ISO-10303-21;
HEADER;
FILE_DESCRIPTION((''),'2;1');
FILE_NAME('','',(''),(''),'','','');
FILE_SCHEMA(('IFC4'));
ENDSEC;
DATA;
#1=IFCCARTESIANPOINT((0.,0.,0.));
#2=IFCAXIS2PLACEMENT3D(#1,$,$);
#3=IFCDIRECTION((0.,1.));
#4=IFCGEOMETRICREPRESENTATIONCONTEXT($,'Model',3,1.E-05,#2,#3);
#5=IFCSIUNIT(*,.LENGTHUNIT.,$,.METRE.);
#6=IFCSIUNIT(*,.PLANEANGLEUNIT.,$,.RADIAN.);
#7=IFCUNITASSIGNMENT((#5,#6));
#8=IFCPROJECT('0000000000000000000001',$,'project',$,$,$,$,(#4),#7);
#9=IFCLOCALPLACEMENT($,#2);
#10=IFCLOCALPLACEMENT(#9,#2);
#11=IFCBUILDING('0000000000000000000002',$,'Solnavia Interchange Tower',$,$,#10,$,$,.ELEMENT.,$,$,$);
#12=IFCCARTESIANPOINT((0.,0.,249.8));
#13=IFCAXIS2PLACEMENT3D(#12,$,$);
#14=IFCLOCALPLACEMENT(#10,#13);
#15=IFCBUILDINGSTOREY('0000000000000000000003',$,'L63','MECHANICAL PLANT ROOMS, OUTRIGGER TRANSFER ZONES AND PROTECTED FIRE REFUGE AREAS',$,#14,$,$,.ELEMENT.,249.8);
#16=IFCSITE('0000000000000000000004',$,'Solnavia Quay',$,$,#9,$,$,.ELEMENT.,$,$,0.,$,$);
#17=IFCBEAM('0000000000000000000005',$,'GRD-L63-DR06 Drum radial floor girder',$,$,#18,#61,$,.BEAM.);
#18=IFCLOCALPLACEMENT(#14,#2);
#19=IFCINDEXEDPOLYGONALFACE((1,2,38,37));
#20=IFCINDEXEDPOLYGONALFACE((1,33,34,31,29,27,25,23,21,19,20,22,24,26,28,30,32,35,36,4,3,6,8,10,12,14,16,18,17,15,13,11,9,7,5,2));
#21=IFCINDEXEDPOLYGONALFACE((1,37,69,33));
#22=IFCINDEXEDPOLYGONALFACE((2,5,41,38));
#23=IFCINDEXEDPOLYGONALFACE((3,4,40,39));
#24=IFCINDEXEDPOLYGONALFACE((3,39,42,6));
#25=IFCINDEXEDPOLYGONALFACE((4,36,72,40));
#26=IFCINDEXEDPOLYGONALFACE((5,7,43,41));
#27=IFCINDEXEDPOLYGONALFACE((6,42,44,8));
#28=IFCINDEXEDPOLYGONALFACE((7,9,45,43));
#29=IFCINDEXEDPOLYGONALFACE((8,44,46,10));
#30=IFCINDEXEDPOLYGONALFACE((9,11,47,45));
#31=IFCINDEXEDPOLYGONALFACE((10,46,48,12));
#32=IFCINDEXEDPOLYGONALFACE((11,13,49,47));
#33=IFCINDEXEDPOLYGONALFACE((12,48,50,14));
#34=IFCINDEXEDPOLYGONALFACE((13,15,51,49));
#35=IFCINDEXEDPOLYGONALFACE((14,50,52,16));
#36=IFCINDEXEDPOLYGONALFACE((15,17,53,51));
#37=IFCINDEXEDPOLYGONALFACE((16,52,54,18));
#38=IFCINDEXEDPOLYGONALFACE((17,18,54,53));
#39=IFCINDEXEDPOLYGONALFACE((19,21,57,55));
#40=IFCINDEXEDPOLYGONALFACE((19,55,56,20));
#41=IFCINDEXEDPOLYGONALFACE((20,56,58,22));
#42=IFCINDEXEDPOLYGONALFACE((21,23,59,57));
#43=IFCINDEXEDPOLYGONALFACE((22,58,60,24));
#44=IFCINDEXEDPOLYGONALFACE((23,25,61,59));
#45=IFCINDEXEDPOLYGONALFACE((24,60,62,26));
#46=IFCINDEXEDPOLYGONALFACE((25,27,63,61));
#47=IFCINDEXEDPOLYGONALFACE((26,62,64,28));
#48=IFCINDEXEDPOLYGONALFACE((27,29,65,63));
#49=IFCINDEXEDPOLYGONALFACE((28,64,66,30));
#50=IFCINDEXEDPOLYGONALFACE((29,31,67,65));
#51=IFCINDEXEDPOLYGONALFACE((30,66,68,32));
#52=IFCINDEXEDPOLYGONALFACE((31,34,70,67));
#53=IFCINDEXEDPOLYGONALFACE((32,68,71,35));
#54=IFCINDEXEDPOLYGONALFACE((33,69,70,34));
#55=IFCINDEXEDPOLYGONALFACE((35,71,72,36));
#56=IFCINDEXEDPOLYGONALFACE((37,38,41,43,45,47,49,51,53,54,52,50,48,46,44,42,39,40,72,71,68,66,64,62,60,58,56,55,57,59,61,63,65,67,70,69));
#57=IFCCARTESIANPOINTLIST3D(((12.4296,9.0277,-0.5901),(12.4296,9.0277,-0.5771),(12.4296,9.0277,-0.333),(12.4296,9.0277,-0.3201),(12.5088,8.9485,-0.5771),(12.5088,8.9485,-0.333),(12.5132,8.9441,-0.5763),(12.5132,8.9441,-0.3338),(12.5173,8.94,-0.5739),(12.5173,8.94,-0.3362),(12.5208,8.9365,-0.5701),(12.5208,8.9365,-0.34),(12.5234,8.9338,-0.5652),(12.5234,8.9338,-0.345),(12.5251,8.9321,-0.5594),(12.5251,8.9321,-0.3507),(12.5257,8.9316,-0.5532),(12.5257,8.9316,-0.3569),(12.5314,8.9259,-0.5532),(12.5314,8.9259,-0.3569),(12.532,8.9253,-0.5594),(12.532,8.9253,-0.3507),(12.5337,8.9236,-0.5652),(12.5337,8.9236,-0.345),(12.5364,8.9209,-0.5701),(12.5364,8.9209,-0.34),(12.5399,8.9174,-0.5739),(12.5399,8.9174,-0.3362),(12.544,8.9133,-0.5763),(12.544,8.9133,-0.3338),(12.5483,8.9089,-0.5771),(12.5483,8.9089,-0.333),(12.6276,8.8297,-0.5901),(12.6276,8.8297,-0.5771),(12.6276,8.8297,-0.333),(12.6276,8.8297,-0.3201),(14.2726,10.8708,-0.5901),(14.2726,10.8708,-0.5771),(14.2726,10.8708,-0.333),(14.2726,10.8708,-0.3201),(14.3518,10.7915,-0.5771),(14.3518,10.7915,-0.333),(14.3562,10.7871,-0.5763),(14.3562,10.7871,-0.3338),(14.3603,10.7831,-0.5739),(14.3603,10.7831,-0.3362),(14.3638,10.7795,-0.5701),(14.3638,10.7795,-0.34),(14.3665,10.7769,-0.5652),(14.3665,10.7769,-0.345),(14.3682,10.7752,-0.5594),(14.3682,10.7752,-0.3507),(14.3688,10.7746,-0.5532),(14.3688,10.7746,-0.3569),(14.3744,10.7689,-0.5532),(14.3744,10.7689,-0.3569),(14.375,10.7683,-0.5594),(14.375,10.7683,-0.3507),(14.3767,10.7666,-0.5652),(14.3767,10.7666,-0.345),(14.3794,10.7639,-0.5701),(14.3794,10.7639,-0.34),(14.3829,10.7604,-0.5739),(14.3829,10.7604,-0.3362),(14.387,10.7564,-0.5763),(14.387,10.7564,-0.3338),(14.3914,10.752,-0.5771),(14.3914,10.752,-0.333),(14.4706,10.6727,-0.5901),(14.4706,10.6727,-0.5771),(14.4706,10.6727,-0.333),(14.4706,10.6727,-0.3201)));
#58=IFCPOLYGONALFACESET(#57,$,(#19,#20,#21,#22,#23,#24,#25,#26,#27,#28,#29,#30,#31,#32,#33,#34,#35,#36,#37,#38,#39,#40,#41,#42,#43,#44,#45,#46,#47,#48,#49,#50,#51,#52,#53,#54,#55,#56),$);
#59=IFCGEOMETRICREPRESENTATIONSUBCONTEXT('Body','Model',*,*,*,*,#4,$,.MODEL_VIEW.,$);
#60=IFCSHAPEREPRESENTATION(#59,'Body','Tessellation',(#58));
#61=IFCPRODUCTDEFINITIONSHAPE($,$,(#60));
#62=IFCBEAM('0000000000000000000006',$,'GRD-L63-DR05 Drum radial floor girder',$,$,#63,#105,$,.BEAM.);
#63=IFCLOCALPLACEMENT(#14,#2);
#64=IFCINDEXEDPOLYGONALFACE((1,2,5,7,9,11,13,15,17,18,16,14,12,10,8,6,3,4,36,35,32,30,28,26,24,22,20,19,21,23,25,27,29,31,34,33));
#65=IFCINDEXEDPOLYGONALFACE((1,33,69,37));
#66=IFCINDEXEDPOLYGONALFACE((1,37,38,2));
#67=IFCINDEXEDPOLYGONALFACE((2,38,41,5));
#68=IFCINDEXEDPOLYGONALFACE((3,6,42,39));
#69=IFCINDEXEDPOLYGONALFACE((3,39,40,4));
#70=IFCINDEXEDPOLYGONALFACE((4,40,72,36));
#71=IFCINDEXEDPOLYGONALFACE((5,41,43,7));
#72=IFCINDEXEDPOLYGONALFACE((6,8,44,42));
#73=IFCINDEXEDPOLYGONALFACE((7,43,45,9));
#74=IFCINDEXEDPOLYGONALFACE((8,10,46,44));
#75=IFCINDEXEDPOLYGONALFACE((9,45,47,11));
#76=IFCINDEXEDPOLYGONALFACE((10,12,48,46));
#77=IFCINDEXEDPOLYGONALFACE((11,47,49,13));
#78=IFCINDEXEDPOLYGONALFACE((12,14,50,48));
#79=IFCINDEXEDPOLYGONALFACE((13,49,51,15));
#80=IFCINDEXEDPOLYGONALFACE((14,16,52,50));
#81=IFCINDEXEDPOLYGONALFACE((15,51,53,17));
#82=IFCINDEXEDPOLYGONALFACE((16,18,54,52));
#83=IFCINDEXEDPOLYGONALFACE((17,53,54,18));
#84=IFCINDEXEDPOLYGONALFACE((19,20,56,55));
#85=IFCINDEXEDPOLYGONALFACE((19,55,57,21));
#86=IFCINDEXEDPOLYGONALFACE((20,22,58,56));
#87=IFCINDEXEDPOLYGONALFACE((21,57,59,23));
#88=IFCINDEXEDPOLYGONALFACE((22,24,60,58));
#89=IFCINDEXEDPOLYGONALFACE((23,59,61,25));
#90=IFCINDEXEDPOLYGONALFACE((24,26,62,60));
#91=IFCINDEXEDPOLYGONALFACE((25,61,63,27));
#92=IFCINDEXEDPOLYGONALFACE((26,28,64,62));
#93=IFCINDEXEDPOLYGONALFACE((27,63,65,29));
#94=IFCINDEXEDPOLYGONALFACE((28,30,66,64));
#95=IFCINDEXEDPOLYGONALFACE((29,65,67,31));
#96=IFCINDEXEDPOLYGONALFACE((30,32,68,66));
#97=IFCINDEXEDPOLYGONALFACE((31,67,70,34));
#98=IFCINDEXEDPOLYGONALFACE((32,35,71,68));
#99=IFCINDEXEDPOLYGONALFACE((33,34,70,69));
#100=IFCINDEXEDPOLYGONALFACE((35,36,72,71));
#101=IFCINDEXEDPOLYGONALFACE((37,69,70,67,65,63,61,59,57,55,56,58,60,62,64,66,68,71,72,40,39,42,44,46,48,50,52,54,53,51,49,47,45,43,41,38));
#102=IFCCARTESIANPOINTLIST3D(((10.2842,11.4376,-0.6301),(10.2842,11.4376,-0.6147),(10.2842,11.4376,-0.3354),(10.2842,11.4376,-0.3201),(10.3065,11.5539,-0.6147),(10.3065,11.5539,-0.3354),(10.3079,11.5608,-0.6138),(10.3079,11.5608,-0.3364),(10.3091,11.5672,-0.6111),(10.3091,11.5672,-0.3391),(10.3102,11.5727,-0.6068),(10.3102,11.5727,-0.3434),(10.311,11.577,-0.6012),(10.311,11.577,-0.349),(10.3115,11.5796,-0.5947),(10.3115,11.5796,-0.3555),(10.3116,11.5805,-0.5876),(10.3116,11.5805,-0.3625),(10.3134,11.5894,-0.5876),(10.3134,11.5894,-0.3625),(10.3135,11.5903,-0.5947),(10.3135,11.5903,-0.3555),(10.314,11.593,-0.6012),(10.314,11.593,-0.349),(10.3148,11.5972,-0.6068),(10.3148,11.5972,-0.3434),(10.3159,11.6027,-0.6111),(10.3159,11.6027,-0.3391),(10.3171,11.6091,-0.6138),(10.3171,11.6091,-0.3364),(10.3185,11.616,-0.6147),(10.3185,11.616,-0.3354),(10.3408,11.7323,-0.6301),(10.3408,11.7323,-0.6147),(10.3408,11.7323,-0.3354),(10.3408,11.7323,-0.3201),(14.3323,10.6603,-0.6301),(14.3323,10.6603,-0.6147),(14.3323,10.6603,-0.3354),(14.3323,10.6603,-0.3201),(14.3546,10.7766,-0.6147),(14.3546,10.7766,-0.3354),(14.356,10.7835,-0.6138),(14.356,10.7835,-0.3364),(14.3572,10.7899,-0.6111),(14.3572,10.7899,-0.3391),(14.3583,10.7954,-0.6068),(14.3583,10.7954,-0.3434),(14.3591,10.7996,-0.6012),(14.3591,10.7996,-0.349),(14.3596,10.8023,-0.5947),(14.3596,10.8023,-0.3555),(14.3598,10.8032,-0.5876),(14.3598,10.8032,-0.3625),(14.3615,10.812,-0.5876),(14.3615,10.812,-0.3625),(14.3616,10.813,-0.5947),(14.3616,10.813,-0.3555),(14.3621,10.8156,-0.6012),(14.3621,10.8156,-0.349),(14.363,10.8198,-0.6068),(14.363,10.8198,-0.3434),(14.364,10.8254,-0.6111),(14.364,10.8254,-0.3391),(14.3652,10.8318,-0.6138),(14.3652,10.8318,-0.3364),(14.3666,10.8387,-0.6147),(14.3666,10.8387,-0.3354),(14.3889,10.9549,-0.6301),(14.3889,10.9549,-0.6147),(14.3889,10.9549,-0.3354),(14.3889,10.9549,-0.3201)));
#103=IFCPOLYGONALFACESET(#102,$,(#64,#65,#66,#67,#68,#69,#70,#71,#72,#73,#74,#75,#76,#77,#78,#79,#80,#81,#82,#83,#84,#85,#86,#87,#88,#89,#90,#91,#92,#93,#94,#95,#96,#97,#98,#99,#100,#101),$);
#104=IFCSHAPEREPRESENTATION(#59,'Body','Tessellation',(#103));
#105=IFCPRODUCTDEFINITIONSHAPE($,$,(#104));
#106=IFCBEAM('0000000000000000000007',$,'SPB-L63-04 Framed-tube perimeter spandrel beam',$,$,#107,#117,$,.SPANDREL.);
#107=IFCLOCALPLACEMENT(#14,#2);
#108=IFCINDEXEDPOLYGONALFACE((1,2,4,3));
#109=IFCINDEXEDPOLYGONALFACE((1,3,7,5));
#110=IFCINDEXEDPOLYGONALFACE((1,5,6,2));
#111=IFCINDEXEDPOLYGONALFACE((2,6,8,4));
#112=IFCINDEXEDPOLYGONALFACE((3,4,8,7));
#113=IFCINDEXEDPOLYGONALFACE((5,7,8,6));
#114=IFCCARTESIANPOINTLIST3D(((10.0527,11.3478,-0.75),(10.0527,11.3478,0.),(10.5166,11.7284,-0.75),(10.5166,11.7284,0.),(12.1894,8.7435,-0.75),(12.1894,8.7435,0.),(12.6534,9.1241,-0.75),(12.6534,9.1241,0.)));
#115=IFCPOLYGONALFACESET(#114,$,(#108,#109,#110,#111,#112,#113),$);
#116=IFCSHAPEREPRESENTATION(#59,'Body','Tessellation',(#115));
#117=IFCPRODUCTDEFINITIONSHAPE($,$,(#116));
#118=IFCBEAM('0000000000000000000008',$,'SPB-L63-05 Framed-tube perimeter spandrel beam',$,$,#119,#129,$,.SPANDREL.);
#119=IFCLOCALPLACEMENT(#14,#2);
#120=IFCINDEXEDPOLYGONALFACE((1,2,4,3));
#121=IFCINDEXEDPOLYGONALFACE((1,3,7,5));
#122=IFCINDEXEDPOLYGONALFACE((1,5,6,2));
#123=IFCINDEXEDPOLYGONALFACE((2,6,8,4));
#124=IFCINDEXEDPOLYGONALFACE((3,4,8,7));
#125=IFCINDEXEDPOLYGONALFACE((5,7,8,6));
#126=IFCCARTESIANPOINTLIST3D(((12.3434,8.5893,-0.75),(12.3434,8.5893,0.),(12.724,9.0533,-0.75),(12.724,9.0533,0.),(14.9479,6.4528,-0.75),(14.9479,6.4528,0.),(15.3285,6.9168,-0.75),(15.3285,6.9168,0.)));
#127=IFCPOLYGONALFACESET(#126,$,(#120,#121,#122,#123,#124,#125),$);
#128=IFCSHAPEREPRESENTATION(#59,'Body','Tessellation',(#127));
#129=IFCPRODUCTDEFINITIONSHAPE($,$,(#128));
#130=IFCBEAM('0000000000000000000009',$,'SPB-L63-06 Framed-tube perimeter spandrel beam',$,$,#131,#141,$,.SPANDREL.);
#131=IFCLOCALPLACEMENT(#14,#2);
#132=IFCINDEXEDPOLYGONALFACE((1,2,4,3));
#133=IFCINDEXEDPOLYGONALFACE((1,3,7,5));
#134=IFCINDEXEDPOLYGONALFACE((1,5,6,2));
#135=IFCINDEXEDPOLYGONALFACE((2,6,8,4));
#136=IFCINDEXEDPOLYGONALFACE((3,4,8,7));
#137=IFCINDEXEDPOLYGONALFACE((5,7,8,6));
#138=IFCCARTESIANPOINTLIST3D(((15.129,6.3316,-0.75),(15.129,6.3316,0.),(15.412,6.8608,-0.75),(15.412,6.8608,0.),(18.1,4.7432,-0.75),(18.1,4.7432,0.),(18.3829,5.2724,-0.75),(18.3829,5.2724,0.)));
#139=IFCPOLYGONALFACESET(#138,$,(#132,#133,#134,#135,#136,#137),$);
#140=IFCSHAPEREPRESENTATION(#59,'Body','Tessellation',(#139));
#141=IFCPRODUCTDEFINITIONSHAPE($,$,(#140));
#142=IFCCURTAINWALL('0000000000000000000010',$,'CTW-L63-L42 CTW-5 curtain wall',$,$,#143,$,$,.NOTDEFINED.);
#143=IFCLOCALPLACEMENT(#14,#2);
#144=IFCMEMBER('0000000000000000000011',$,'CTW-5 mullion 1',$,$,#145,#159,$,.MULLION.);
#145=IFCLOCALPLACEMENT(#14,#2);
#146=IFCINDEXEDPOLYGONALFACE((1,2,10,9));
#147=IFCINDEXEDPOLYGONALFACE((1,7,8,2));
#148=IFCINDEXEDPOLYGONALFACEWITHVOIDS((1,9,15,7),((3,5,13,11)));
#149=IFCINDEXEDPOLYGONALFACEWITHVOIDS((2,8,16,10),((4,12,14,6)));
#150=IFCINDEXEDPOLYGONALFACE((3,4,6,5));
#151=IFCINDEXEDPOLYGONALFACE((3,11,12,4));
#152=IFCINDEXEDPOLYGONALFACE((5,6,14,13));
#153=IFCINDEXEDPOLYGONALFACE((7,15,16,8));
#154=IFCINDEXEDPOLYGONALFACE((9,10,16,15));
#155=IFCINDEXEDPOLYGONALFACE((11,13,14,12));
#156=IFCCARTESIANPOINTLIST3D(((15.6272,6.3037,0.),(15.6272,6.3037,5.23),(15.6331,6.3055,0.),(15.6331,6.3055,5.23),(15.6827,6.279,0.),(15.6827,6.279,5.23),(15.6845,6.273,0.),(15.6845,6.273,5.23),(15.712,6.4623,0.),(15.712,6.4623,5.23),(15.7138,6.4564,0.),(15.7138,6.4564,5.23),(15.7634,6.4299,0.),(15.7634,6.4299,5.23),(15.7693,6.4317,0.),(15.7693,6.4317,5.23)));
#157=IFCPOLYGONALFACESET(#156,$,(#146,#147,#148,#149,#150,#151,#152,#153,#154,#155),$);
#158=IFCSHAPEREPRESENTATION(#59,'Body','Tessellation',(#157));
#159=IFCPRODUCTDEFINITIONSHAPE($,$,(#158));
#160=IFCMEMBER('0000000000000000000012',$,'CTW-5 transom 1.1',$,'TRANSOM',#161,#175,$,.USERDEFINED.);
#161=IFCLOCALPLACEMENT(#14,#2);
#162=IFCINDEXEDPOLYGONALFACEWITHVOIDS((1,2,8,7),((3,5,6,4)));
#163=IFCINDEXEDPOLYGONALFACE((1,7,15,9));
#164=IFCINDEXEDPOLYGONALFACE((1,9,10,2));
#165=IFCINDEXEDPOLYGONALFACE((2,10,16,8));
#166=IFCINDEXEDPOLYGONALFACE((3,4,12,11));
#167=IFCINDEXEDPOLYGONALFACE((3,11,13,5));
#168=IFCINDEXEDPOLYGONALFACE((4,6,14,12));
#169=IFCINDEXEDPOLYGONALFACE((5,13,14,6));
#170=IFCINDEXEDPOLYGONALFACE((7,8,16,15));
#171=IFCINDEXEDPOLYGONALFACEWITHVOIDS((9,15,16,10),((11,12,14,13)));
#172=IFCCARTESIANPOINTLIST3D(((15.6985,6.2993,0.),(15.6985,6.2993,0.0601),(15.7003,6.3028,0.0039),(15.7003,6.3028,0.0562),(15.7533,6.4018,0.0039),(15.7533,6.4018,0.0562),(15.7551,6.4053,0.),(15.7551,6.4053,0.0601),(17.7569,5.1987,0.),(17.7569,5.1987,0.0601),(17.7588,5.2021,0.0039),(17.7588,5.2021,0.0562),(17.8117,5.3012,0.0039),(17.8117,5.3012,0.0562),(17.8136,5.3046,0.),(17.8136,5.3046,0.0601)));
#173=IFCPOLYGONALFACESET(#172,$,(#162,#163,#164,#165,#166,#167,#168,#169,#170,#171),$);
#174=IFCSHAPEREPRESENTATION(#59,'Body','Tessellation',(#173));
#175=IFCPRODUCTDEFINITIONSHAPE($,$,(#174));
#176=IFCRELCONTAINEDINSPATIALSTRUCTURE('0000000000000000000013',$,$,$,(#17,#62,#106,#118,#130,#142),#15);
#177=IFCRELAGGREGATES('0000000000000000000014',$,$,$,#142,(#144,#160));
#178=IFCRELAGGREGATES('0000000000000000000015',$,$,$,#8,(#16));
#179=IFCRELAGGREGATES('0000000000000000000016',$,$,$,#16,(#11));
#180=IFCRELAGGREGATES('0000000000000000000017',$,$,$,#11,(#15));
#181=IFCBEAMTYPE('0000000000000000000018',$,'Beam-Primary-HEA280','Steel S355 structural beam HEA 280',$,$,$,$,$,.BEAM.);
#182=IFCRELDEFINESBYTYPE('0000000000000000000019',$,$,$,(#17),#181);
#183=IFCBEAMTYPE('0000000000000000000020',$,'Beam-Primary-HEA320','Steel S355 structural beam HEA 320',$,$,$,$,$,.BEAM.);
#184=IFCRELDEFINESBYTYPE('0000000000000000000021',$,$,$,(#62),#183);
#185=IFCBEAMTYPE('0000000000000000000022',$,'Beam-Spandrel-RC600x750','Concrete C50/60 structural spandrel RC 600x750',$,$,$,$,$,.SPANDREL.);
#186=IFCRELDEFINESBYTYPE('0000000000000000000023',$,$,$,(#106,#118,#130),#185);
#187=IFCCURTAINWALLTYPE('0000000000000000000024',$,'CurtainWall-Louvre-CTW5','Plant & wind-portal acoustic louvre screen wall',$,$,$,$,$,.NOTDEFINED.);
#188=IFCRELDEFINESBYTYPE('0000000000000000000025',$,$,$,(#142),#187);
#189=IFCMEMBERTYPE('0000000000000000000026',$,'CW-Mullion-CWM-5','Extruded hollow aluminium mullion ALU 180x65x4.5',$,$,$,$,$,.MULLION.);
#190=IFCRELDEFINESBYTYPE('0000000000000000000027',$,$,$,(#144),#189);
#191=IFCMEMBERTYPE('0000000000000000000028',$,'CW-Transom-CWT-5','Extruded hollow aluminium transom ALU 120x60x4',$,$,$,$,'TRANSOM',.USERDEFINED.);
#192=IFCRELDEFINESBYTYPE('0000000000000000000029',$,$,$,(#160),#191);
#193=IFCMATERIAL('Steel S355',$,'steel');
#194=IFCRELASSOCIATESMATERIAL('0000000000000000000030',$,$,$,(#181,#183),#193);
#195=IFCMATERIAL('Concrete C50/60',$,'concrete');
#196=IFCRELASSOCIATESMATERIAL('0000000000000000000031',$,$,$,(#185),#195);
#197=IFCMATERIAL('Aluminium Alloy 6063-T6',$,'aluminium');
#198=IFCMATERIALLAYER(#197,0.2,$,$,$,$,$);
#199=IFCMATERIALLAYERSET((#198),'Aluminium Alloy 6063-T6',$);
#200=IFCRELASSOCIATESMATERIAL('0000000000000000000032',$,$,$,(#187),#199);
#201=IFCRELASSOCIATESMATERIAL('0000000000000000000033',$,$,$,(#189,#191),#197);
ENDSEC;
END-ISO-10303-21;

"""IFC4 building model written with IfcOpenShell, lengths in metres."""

from ifc_helpers import new_model, si_unit, direction, frame, origin, origin_2d, place, context, subcontext, project, spatial, rectangle, hollow_rectangle, i_section, extrude, material, layer, layer_set, material_profile, profile_set, type_object, element, aggregate, save


model = new_model("IFC4")

# Units and contexts
model_context = context("Model", 3, precision=1e-05, world=origin(), true_north=direction((0.0, 1.0)))
body_context = subcontext(model_context, "Body", "Model", "MODEL_VIEW")
ifc_project = project(units=[si_unit("LENGTHUNIT", "METRE"), si_unit("PLANEANGLEUNIT", "RADIAN")], contexts=[model_context])

# Site, building, storey
site_placement = place(None, origin())
site = spatial("IfcSite", under=ifc_project, at=site_placement, Name="Solnavia Quay", CompositionType="ELEMENT", RefElevation=0.0)
building_placement = place(site_placement, origin())
building = spatial("IfcBuilding", under=site, at=building_placement, Name="Solnavia Interchange Tower", CompositionType="ELEMENT")
storey_placement = place(building_placement, frame((0.0, 0.0, 249.8)))
storey = spatial("IfcBuildingStorey", under=building, at=storey_placement, Name="L63", Description="MECHANICAL PLANT ROOMS, OUTRIGGER TRANSFER ZONES AND PROTECTED FIRE REFUGE AREAS", CompositionType="ELEMENT", Elevation=249.8)

# Shared definitions
ifc_material_1 = material(Name="Concrete C50/60", Category="concrete")

# Beams
ifc_material_2 = material(Name="Steel S355", Category="steel")
ifc_material_profile_1 = material_profile(ifc_material_2, i_section(OverallWidth=0.28, OverallDepth=0.27, WebThickness=0.0081, FlangeThickness=0.0129, FilletRadius=0.0239, at=origin_2d()), Name="HEA 280")
ifc_profile_set_1 = profile_set([ifc_material_profile_1], Name="Steel S355")
beam_type_1 = type_object("IfcBeamType", Name="Beam-Primary-HEA280", Description="Steel S355 structural beam HEA 280", PredefinedType="BEAM", material=ifc_profile_set_1)
beam_1_placement = place(storey_placement, frame((12.5286, 8.9287, -0.4551), z_axis=(0.707107, 0.707107, 0.0), x_axis=(-0.707107, 0.707107, 0.0)))
element("IfcBeam", 1, at=beam_1_placement, inside=storey, type_object=beam_type_1, Name="GRD-L63-DR06 Drum radial floor girder", PredefinedType="BEAM", context=body_context, shape_type="SweptSolid", body=[
    extrude(i_section(OverallWidth=0.28, OverallDepth=0.27, WebThickness=0.0081, FlangeThickness=0.0129, FilletRadius=0.0239, at=origin_2d()), origin(), (0.0, 0.0, 1.0), 2.6064),
])
ifc_material_profile_2 = material_profile(ifc_material_2, i_section(OverallWidth=0.3, OverallDepth=0.3101, WebThickness=0.009, FlangeThickness=0.0154, FilletRadius=0.0271, at=origin_2d()), Name="HEA 320")
ifc_profile_set_2 = profile_set([ifc_material_profile_2], Name="Steel S355")
beam_type_2 = type_object("IfcBeamType", Name="Beam-Primary-HEA320", Description="Steel S355 structural beam HEA 320", PredefinedType="BEAM", material=ifc_profile_set_2)
beam_2_placement = place(storey_placement, frame((10.3125, 11.585, -0.4751), z_axis=(0.982058, -0.188582, 0.0), x_axis=(0.188582, 0.982058, 0.0)))
element("IfcBeam", 2, at=beam_2_placement, inside=storey, type_object=beam_type_2, Name="GRD-L63-DR05 Drum radial floor girder", PredefinedType="BEAM", context=body_context, shape_type="SweptSolid", body=[
    extrude(i_section(OverallWidth=0.3, OverallDepth=0.3101, WebThickness=0.009, FlangeThickness=0.0154, FilletRadius=0.0271, at=origin_2d()), origin(), (0.0, 0.0, 1.0), 4.1221),
])
ifc_material_profile_3 = material_profile(ifc_material_1, rectangle(XDim=0.6001, YDim=0.75, at=origin_2d()), Name="RC 600x750")
ifc_profile_set_3 = profile_set([ifc_material_profile_3], Name="Concrete C50/60")
beam_type_3 = type_object("IfcBeamType", Name="Beam-Spandrel-RC600x750", Description="Concrete C50/60 structural spandrel RC 600x750", PredefinedType="SPANDREL", material=ifc_profile_set_3)
for number, where, z_axis, x_axis, name in (
    (3, (10.2847, 11.5381, -0.375), (0.634299, -0.773088, 0.0), (0.773088, 0.634299, 0.0), "SPB-L63-04 Framed-tube perimeter spandrel beam"),
    (4, (12.5337, 8.8213, -0.375), (0.773153, -0.63422, 0.0), (0.63422, 0.773153, 0.0), "SPB-L63-05 Framed-tube perimeter spandrel beam"),
):
    element("IfcBeam", number, at=place(storey_placement, frame(where, z_axis=z_axis, x_axis=x_axis)), inside=storey, type_object=beam_type_3, Name=name, PredefinedType="SPANDREL", context=body_context, shape_type="SweptSolid", body=[
        extrude(rectangle(XDim=0.6001, YDim=0.75, at=origin_2d()), origin(), (0.0, 0.0, 1.0), 3.3687),
    ])
beam_3_placement = place(storey_placement, frame((15.2705, 6.5962, -0.375), z_axis=(0.881875, -0.471483, 0.0), x_axis=(0.471483, 0.881875, 0.0)))
element("IfcBeam", 5, at=beam_3_placement, inside=storey, type_object=beam_type_3, Name="SPB-L63-06 Framed-tube perimeter spandrel beam", PredefinedType="SPANDREL", context=body_context, shape_type="SweptSolid", body=[
    extrude(rectangle(XDim=0.6001, YDim=0.75, at=origin_2d()), origin(), (0.0, 0.0, 1.0), 3.3689),
])

# Curtain wall, members
ifc_material_3 = material(Name="Aluminium Alloy 6063-T6", Category="aluminium")
ifc_layer_1 = layer(ifc_material_3, 0.2)
ifc_layer_set_1 = layer_set([ifc_layer_1], Name="Aluminium Alloy 6063-T6")
curtain_wall_type = type_object("IfcCurtainWallType", Name="CurtainWall-Louvre-CTW5", Description="Plant & wind-portal acoustic louvre screen wall", PredefinedType="NOTDEFINED", material=ifc_layer_set_1)
curtain_wall_placement = place(storey_placement, origin())
curtain_wall = element("IfcCurtainWall", 6, at=curtain_wall_placement, inside=storey, type_object=curtain_wall_type, Name="CTW-L63-L42 CTW-5 curtain wall", PredefinedType="NOTDEFINED")
ifc_material_profile_4 = material_profile(ifc_material_3, hollow_rectangle(XDim=0.0649, YDim=0.1799, WallThickness=0.0044, at=origin_2d()), Name="ALU 180x65x4.5")
ifc_profile_set_4 = profile_set([ifc_material_profile_4], Name="Aluminium Alloy 6063-T6")
member_type_1 = type_object("IfcMemberType", Name="CW-Mullion-CWM-5", Description="Extruded hollow aluminium mullion ALU 180x65x4.5", PredefinedType="MULLION", material=ifc_profile_set_4)
member_1_placement = place(storey_placement, frame((15.6982, 6.3677, 0.0), z_axis=(0.0, 0.0, 1.0), x_axis=(0.881851, -0.471527, 0.0)))
member_1 = element("IfcMember", 7, at=member_1_placement, type_object=member_type_1, Name="CTW-5 mullion 1", PredefinedType="MULLION", context=body_context, shape_type="SweptSolid", body=[
    extrude(hollow_rectangle(XDim=0.0649, YDim=0.1799, WallThickness=0.0044, at=origin_2d()), origin(), (0.0, 0.0, 1.0), 5.23),
])
ifc_material_profile_5 = material_profile(ifc_material_3, hollow_rectangle(XDim=0.0601, YDim=0.1201, WallThickness=0.0039, at=origin_2d()), Name="ALU 120x60x4")
ifc_profile_set_5 = profile_set([ifc_material_profile_5], Name="Aluminium Alloy 6063-T6")
member_type_2 = type_object("IfcMemberType", Name="CW-Transom-CWT-5", Description="Extruded hollow aluminium transom ALU 120x60x4", ElementType="TRANSOM", PredefinedType="USERDEFINED", material=ifc_profile_set_5)
member_2_placement = place(storey_placement, frame((15.7268, 6.3523, 0.03), z_axis=(0.881854, -0.471522, 0.0), x_axis=(0.0, 0.0, 1.0)))
member_2 = element("IfcMember", 8, at=member_2_placement, type_object=member_type_2, Name="CTW-5 transom 1.1", ObjectType="TRANSOM", PredefinedType="USERDEFINED", context=body_context, shape_type="SweptSolid", body=[
    extrude(hollow_rectangle(XDim=0.0601, YDim=0.1201, WallThickness=0.0039, at=origin_2d()), origin(), (0.0, 0.0, 1.0), 2.3342),
])
aggregate(curtain_wall, [member_1, member_2])

save(model, "model.ifc")
